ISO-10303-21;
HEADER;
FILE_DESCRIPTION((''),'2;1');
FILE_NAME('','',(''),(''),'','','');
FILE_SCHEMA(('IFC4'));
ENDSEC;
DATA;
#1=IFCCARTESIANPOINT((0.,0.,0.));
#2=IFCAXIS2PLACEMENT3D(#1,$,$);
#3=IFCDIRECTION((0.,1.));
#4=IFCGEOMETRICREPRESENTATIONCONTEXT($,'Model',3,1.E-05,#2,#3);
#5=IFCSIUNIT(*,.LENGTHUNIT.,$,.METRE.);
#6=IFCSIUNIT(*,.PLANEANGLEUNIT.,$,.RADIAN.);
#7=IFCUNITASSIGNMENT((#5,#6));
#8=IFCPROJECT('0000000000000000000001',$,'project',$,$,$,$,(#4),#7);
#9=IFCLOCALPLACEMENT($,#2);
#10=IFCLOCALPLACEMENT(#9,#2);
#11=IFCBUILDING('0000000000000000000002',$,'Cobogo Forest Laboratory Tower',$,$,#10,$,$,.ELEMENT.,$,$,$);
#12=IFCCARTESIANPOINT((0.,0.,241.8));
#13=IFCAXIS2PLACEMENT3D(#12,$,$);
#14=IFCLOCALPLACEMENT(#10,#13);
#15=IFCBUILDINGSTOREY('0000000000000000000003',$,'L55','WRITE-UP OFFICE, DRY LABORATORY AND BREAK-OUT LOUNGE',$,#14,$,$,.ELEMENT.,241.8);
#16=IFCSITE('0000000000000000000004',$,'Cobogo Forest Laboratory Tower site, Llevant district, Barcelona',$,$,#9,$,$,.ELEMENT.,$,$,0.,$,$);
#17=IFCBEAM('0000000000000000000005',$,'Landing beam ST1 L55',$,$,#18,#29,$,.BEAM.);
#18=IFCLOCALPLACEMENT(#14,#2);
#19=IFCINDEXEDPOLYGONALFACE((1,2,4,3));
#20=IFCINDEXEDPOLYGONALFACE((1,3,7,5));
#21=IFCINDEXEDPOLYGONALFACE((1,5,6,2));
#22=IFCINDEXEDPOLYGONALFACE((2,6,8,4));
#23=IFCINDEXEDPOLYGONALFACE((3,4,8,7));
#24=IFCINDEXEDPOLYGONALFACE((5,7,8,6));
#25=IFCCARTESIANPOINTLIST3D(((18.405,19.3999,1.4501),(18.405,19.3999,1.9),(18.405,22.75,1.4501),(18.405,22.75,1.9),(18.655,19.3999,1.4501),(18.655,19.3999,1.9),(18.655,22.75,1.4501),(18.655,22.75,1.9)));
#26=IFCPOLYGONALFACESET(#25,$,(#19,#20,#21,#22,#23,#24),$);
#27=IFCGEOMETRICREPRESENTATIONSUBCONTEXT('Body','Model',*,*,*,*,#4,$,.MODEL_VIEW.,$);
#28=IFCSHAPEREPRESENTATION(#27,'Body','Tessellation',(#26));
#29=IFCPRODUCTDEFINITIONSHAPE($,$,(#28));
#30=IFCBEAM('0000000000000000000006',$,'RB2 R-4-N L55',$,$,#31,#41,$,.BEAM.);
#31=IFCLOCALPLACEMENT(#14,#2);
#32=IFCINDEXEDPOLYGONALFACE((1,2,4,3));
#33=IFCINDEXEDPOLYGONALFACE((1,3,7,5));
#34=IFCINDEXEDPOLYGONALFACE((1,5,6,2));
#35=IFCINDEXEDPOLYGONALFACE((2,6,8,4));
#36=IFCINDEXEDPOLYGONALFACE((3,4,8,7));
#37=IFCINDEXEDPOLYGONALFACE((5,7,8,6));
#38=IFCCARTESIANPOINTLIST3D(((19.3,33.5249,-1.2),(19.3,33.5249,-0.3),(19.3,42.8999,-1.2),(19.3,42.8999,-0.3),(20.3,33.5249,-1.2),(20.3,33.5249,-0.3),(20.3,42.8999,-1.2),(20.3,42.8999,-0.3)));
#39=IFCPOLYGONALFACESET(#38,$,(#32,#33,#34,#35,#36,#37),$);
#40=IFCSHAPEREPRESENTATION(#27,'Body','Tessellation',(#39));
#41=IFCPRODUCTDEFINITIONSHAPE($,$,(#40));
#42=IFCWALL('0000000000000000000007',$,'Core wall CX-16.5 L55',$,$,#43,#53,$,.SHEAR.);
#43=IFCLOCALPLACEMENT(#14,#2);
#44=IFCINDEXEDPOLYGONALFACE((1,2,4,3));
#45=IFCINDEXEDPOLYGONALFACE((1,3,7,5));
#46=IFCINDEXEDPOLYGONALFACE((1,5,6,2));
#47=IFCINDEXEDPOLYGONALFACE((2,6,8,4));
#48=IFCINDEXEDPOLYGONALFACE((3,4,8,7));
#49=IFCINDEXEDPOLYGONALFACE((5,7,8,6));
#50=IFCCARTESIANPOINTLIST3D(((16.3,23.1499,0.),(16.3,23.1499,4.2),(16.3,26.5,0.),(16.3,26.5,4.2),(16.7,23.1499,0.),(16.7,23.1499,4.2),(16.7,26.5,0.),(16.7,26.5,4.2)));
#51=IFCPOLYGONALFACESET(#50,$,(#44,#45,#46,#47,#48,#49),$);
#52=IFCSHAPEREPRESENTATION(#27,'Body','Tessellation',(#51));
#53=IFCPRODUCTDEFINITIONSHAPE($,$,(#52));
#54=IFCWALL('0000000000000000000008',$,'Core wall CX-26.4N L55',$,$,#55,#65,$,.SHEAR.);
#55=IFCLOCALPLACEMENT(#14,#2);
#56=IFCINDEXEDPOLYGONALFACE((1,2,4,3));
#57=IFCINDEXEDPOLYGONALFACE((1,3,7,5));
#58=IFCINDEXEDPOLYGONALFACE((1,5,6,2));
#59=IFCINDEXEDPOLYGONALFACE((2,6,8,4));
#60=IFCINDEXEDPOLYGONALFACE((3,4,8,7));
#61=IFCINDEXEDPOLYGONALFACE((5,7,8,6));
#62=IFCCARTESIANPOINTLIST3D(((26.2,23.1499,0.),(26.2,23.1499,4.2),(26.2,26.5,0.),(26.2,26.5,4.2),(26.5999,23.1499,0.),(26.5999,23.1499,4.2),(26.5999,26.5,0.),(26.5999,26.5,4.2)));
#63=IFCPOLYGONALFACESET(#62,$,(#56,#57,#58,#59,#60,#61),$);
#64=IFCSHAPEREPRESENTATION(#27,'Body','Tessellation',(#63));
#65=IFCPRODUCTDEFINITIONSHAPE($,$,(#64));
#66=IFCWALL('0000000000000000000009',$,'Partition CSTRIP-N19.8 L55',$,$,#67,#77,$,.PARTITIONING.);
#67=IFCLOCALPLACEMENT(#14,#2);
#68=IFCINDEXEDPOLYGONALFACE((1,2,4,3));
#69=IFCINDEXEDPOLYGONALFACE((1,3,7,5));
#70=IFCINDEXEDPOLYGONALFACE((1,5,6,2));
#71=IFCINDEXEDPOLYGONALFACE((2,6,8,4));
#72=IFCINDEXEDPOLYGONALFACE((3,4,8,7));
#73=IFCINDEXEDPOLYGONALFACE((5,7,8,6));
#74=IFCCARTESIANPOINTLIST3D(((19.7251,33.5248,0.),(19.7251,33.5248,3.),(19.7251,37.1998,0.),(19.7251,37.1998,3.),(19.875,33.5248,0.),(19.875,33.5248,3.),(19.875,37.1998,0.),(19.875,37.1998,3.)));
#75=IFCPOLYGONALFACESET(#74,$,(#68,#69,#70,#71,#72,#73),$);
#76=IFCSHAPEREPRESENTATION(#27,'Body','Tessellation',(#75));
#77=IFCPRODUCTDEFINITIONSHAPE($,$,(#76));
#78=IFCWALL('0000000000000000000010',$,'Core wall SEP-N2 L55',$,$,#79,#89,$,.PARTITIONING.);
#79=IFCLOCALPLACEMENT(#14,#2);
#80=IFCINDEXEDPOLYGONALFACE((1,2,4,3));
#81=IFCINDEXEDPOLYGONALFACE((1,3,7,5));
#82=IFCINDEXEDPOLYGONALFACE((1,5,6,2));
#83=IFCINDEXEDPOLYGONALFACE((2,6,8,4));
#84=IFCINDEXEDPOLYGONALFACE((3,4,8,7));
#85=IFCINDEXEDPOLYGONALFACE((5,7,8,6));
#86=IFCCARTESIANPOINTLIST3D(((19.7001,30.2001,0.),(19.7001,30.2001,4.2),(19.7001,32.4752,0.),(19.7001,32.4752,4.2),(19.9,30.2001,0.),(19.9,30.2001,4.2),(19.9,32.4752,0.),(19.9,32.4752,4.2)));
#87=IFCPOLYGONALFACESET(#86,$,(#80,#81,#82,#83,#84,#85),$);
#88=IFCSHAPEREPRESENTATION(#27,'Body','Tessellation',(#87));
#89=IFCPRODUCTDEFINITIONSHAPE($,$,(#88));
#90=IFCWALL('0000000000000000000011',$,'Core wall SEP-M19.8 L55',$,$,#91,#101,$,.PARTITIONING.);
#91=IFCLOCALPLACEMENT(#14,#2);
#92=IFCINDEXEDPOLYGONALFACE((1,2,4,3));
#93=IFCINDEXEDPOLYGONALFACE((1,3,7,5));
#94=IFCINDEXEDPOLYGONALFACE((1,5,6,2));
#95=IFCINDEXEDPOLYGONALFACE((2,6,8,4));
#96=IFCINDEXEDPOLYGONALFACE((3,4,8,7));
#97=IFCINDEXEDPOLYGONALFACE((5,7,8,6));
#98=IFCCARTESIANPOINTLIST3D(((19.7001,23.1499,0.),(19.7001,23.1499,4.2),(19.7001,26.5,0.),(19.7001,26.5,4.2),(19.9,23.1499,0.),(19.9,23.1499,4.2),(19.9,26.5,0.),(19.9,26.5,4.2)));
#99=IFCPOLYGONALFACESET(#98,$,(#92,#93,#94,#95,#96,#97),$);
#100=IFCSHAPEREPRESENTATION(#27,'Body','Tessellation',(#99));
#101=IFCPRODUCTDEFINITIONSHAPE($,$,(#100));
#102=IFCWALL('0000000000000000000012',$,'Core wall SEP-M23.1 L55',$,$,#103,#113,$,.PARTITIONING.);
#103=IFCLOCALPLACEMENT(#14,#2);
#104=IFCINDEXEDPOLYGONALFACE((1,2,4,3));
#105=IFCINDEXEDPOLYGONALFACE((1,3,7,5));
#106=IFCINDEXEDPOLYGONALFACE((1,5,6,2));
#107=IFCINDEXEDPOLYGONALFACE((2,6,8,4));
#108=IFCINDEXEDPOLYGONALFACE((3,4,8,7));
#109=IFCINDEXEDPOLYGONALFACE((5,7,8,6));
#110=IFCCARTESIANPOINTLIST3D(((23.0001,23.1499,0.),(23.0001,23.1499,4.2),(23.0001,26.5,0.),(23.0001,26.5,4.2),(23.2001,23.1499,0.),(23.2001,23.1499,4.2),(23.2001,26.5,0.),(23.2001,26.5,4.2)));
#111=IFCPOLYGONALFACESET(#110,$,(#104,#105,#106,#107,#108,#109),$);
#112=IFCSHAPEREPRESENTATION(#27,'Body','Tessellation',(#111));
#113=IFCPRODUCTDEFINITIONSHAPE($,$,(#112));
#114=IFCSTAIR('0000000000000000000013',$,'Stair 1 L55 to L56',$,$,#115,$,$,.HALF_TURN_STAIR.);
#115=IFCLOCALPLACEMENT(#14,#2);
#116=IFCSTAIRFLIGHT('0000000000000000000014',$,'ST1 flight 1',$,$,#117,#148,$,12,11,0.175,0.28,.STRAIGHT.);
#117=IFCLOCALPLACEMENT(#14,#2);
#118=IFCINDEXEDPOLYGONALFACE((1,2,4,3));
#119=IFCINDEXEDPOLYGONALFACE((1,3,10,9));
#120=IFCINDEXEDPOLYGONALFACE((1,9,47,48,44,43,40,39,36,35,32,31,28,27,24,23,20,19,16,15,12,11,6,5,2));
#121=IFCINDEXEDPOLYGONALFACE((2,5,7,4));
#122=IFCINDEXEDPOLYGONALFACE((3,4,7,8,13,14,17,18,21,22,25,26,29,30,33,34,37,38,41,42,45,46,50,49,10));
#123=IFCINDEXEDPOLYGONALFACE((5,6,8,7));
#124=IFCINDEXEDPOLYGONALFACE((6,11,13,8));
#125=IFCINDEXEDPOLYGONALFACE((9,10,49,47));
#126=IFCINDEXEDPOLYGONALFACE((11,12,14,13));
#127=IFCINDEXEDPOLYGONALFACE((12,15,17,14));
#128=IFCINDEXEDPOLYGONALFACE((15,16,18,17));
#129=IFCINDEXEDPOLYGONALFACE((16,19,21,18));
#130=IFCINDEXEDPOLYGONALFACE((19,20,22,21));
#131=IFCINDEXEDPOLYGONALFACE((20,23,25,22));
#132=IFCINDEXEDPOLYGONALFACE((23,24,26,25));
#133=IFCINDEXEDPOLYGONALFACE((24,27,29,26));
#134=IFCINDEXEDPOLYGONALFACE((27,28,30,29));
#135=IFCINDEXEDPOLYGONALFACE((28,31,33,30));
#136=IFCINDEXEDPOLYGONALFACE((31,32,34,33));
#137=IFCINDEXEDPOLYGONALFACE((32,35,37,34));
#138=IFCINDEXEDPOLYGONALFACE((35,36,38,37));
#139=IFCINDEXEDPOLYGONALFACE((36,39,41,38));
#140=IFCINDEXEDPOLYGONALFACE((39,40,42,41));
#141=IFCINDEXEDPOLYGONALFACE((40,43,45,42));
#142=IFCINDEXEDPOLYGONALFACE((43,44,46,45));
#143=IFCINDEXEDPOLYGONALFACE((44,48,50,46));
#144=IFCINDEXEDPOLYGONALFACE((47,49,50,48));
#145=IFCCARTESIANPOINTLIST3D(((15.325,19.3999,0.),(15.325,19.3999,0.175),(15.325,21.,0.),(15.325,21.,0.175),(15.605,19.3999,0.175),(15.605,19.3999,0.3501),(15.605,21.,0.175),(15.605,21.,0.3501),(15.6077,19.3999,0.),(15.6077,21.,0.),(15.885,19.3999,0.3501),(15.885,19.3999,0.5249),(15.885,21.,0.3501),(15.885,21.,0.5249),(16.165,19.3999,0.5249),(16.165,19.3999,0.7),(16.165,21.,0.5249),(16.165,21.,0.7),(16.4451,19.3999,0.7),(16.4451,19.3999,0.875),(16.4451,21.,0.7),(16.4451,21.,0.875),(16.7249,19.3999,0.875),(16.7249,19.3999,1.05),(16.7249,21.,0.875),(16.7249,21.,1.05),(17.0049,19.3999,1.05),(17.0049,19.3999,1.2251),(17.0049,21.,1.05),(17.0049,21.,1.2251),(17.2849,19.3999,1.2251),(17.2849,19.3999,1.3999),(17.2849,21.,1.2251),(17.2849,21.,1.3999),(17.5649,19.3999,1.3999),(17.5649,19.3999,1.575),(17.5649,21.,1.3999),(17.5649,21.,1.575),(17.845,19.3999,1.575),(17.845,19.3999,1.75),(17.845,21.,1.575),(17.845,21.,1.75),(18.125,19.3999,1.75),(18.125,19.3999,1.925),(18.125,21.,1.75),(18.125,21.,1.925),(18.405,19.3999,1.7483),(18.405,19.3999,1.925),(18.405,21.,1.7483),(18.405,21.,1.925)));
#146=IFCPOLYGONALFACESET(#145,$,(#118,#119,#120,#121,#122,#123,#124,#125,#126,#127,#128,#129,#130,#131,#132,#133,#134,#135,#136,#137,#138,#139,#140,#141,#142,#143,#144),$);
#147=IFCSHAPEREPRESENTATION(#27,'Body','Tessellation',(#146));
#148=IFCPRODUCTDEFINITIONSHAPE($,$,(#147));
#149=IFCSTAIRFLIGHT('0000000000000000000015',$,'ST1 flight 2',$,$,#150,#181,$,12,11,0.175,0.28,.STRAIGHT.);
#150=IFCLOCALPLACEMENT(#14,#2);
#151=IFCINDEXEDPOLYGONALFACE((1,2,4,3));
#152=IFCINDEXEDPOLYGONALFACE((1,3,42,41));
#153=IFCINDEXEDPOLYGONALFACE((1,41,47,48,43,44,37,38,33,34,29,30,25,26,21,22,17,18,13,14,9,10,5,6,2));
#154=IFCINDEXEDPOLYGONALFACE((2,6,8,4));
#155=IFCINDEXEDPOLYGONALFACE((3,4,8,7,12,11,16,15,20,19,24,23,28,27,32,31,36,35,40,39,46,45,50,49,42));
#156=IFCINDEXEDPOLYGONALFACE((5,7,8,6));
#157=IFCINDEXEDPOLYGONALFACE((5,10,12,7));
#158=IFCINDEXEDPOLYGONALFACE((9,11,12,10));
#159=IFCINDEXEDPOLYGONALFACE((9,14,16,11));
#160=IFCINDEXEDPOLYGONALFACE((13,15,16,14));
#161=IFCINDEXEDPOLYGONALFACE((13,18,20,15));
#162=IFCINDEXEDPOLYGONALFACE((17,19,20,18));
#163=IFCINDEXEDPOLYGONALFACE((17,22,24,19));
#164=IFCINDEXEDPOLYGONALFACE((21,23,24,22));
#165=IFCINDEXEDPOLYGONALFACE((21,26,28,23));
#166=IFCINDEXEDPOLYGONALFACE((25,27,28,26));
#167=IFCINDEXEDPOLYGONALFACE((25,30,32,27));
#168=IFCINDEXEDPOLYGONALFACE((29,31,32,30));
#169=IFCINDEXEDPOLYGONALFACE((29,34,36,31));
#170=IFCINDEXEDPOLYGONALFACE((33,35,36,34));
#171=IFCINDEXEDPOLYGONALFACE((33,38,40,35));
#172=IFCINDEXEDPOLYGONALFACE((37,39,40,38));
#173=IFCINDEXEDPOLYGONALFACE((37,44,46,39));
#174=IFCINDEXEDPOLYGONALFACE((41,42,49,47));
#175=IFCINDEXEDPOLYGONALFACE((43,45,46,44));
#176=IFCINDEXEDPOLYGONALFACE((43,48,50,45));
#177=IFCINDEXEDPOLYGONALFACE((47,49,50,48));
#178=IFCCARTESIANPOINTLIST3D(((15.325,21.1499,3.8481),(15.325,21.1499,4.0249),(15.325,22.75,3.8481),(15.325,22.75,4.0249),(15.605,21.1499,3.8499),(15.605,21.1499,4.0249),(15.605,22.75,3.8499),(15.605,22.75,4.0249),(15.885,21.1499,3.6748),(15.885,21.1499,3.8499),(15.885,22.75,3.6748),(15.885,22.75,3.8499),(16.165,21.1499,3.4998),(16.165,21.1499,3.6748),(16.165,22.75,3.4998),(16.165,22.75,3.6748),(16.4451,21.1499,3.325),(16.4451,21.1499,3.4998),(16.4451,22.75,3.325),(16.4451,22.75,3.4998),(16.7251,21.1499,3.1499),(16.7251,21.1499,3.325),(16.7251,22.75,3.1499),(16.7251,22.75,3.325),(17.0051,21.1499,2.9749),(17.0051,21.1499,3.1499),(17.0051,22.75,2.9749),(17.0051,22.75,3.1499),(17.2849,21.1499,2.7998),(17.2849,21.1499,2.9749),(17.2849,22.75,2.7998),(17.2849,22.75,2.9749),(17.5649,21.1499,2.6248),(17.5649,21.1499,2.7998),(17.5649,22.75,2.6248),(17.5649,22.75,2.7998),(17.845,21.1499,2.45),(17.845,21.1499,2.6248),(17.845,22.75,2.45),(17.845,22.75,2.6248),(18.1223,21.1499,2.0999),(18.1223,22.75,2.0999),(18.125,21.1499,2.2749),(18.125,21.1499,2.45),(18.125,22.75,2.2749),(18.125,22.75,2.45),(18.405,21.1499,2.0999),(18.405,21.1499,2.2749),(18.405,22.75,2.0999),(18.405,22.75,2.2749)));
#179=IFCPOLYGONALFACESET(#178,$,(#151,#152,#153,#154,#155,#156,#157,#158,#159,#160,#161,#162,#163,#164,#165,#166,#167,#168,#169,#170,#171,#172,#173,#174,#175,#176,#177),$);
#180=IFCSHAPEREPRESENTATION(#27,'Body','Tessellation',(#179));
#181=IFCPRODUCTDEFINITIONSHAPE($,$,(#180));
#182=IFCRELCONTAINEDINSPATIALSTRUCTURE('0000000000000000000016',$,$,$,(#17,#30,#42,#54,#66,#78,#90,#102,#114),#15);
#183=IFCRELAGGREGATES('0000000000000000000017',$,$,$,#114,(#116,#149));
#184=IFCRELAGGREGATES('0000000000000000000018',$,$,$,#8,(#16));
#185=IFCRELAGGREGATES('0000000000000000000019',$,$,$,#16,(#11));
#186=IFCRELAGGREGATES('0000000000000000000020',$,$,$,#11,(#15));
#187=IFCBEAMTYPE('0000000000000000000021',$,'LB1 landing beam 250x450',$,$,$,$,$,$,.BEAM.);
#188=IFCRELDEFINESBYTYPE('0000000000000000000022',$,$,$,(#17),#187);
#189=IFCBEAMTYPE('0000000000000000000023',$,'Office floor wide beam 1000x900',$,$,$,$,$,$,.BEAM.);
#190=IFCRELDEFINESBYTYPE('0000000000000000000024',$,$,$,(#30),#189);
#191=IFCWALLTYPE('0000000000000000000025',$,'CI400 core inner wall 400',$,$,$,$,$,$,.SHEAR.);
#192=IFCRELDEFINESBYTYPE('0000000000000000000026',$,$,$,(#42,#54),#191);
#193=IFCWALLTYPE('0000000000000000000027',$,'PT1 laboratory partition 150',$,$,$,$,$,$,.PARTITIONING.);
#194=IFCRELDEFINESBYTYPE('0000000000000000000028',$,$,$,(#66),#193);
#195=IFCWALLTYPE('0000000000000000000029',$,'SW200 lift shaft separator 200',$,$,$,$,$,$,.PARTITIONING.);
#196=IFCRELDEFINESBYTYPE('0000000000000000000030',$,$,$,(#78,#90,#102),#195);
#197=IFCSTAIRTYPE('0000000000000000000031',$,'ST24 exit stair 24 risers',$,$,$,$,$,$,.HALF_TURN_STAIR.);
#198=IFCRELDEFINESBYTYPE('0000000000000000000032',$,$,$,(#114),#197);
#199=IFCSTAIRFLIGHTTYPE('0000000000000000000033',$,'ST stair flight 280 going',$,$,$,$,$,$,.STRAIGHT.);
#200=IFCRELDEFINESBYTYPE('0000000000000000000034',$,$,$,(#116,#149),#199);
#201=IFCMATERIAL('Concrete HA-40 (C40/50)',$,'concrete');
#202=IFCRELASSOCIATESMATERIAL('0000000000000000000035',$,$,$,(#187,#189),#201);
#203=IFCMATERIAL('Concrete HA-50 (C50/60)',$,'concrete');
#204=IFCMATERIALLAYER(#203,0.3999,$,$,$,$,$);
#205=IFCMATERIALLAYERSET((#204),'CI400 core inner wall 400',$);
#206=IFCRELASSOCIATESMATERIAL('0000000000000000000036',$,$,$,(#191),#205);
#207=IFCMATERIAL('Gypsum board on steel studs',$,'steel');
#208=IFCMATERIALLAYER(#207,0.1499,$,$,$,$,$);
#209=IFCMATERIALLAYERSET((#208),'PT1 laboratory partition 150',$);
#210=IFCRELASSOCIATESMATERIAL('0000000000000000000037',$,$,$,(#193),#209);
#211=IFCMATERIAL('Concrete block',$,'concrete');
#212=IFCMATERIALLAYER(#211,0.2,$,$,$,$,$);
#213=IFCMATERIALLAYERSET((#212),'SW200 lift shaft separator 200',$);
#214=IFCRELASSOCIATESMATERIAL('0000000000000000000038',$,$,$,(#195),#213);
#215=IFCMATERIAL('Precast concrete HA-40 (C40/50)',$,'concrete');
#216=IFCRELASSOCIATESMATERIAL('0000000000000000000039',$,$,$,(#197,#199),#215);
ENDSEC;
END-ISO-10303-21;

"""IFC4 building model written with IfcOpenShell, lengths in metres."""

from ifc_helpers import new_model, si_unit, direction, frame, frame_2d, origin, origin_2d, place, context, subcontext, project, spatial, polyline, rectangle, outline, extrude, material, layer, layer_set, material_profile, profile_set, type_object, element, aggregate, save


model = new_model("IFC4")

# Units and contexts
model_context = context("Model", 3, precision=1e-05, world=origin(), true_north=direction((0.0, 1.0)))
body_context = subcontext(model_context, "Body", "Model", "MODEL_VIEW")
ifc_project = project(units=[si_unit("LENGTHUNIT", "METRE"), si_unit("PLANEANGLEUNIT", "RADIAN")], contexts=[model_context])

# Site, building, storey
site_placement = place(None, origin())
site = spatial("IfcSite", under=ifc_project, at=site_placement, Name="Cobogo Forest Laboratory Tower site, Llevant district, Barcelona", CompositionType="ELEMENT", RefElevation=0.0)
building_placement = place(site_placement, origin())
building = spatial("IfcBuilding", under=site, at=building_placement, Name="Cobogo Forest Laboratory Tower", CompositionType="ELEMENT")
storey_placement = place(building_placement, frame((0.0, 0.0, 241.8)))
storey = spatial("IfcBuildingStorey", under=building, at=storey_placement, Name="L55", Description="WRITE-UP OFFICE, DRY LABORATORY AND BREAK-OUT LOUNGE", CompositionType="ELEMENT", Elevation=241.8)

# Beams
ifc_material_1 = material(Name="Concrete HA-40 (C40/50)", Category="concrete")
ifc_material_profile_1 = material_profile(ifc_material_1, rectangle(XDim=0.25, YDim=0.45, at=origin_2d()), Name="RC 250x450")
ifc_profile_set_1 = profile_set([ifc_material_profile_1], Name="Concrete HA-40 (C40/50)")
beam_type_1 = type_object("IfcBeamType", Name="LB1 landing beam 250x450", PredefinedType="BEAM", material=ifc_profile_set_1)
beam_1_placement = place(storey_placement, frame((18.53, 19.3999, 1.675), z_axis=(0.0, 1.0, 0.0), x_axis=(-1.0, 0.0, 0.0)))
element("IfcBeam", 1, at=beam_1_placement, inside=storey, type_object=beam_type_1, Name="Landing beam ST1 L55", PredefinedType="BEAM", context=body_context, shape_type="SweptSolid", body=[
    extrude(rectangle(XDim=0.25, YDim=0.45, at=origin_2d()), origin(), (0.0, 0.0, 1.0), 3.3501),
])
ifc_material_profile_2 = material_profile(ifc_material_1, rectangle(XDim=1.0, YDim=0.8999, at=origin_2d()), Name="RC 1000x900")
ifc_profile_set_2 = profile_set([ifc_material_profile_2], Name="Concrete HA-40 (C40/50)")
beam_type_2 = type_object("IfcBeamType", Name="Office floor wide beam 1000x900", PredefinedType="BEAM", material=ifc_profile_set_2)
beam_2_placement = place(storey_placement, frame((19.8, 33.5249, -0.75), z_axis=(0.0, 1.0, 0.0), x_axis=(-1.0, 0.0, 0.0)))
element("IfcBeam", 2, at=beam_2_placement, inside=storey, type_object=beam_type_2, Name="RB2 R-4-N L55", PredefinedType="BEAM", context=body_context, shape_type="SweptSolid", body=[
    extrude(rectangle(XDim=1.0, YDim=0.8999, at=origin_2d()), origin(), (0.0, 0.0, 1.0), 9.375),
])

# Walls
ifc_material_2 = material(Name="Concrete HA-50 (C50/60)", Category="concrete")
ifc_layer_1 = layer(ifc_material_2, 0.3999)
ifc_layer_set_1 = layer_set([ifc_layer_1], Name="CI400 core inner wall 400")
wall_type_1 = type_object("IfcWallType", Name="CI400 core inner wall 400", PredefinedType="SHEAR", material=ifc_layer_set_1)
for number, where, z_axis, x_axis, name in (
    (3, (16.5, 23.1499, 0.0), (0.0, 0.0, 1.0), (0.0, 1.0, 0.0), "Core wall CX-16.5 L55"),
    (4, (26.3999, 23.1499, 0.0), (0.0, 0.0, 1.0), (0.0, 1.0, 0.0), "Core wall CX-26.4N L55"),
):
    element("IfcWall", number, at=place(storey_placement, frame(where, z_axis=z_axis, x_axis=x_axis)), inside=storey, type_object=wall_type_1, Name=name, PredefinedType="SHEAR", context=body_context, shape_type="SweptSolid", body=[
        extrude(rectangle(XDim=3.3501, YDim=0.3999, at=frame_2d((1.675, 0.0))), origin(), (0.0, 0.0, 1.0), 4.2),
    ])
ifc_material_3 = material(Name="Gypsum board on steel studs", Category="steel")
ifc_layer_2 = layer(ifc_material_3, 0.1499)
ifc_layer_set_2 = layer_set([ifc_layer_2], Name="PT1 laboratory partition 150")
wall_type_2 = type_object("IfcWallType", Name="PT1 laboratory partition 150", PredefinedType="PARTITIONING", material=ifc_layer_set_2)
wall_1_placement = place(storey_placement, frame((19.8, 33.5249, 0.0), z_axis=(0.0, 0.0, 1.0), x_axis=(0.0, 1.0, 0.0)))
element("IfcWall", 5, at=wall_1_placement, inside=storey, type_object=wall_type_2, Name="Partition CSTRIP-N19.8 L55", PredefinedType="PARTITIONING", context=body_context, shape_type="SweptSolid", body=[
    extrude(rectangle(XDim=3.675, YDim=0.1499, at=frame_2d((1.8374, 0.0))), origin(), (0.0, 0.0, 1.0), 3.0),
])
ifc_material_4 = material(Name="Concrete block", Category="concrete")
ifc_layer_3 = layer(ifc_material_4, 0.2)
ifc_layer_set_3 = layer_set([ifc_layer_3], Name="SW200 lift shaft separator 200")
wall_type_3 = type_object("IfcWallType", Name="SW200 lift shaft separator 200", PredefinedType="PARTITIONING", material=ifc_layer_set_3)
wall_2_placement = place(storey_placement, frame((19.8, 30.2, 0.0), z_axis=(0.0, 0.0, 1.0), x_axis=(0.0, 1.0, 0.0)))
element("IfcWall", 6, at=wall_2_placement, inside=storey, type_object=wall_type_3, Name="Core wall SEP-N2 L55", PredefinedType="PARTITIONING", context=body_context, shape_type="SweptSolid", body=[
    extrude(rectangle(XDim=2.2751, YDim=0.2, at=frame_2d((1.1377, 0.0))), origin(), (0.0, 0.0, 1.0), 4.2),
])
for number, where, z_axis, x_axis, name in (
    (7, (19.8, 23.1499, 0.0), (0.0, 0.0, 1.0), (0.0, 1.0, 0.0), "Core wall SEP-M19.8 L55"),
    (8, (23.1001, 23.1499, 0.0), (0.0, 0.0, 1.0), (0.0, 1.0, 0.0), "Core wall SEP-M23.1 L55"),
):
    element("IfcWall", number, at=place(storey_placement, frame(where, z_axis=z_axis, x_axis=x_axis)), inside=storey, type_object=wall_type_3, Name=name, PredefinedType="PARTITIONING", context=body_context, shape_type="SweptSolid", body=[
        extrude(rectangle(XDim=3.3501, YDim=0.2, at=frame_2d((1.675, 0.0))), origin(), (0.0, 0.0, 1.0), 4.2),
    ])

# Stair, stair flights
ifc_material_5 = material(Name="Precast concrete HA-40 (C40/50)", Category="concrete")
stair_type = type_object("IfcStairType", Name="ST24 exit stair 24 risers", PredefinedType="HALF_TURN_STAIR", material=ifc_material_5)
stair_placement = place(storey_placement, origin())
stair = element("IfcStair", 9, at=stair_placement, inside=storey, type_object=stair_type, Name="Stair 1 L55 to L56", PredefinedType="HALF_TURN_STAIR")
stair_flight_type = type_object("IfcStairFlightType", Name="ST stair flight 280 going", PredefinedType="STRAIGHT", material=ifc_material_5)
stair_flight_1_placement = place(storey_placement, frame((15.325, 20.2, 0.0), z_axis=(0.0, 0.0, 1.0), x_axis=(1.0, 0.0, 0.0)))
stair_flight_1 = element("IfcStairFlight", 10, at=stair_flight_1_placement, type_object=stair_flight_type, Name="ST1 flight 1", NumberOfRisers=12, NumberOfTreads=11, PredefinedType="STRAIGHT", RiserHeight=0.175, TreadLength=0.28, context=body_context, shape_type="SweptSolid", body=[
    extrude(outline(polyline([(0.0, 0.0), (0.0, 0.175), (0.28, 0.175), (0.28, 0.3501), (0.5601, 0.3501), (0.5601, 0.5249), (0.8401, 0.5249), (0.8401, 0.7), (1.1201, 0.7), (1.1201, 0.875), (1.3999, 0.875), (1.3999, 1.05), (1.6799, 1.05), (1.6799, 1.2251), (1.96, 1.2251), (1.96, 1.3999), (2.24, 1.3999), (2.24, 1.575), (2.52, 1.575), (2.52, 1.75), (2.8, 1.75), (2.8, 1.925), (3.0801, 1.925), (3.0801, 2.1001), (3.0801, 1.7483), (0.2827, 0.0), (0.0, 0.0)])), frame((0.0, 0.8, 0.0), z_axis=(0.0, -1.0, 0.0), x_axis=(1.0, 0.0, 0.0)), (0.0, 0.0, 1.0), 1.6001),
])
stair_flight_2_placement = place(storey_placement, frame((18.405, 21.95, 2.0999), z_axis=(0.0, 0.0, 1.0), x_axis=(-1.0, 0.0, 0.0)))
stair_flight_2 = element("IfcStairFlight", 11, at=stair_flight_2_placement, type_object=stair_flight_type, Name="ST1 flight 2", NumberOfRisers=12, NumberOfTreads=11, PredefinedType="STRAIGHT", RiserHeight=0.175, TreadLength=0.28, context=body_context, shape_type="SweptSolid", body=[
    extrude(outline(polyline([(0.0, 0.0), (0.0, 0.175), (0.28, 0.175), (0.28, 0.3501), (0.5601, 0.3501), (0.5601, 0.5249), (0.8401, 0.5249), (0.8401, 0.7), (1.1201, 0.7), (1.1201, 0.875), (1.3999, 0.875), (1.3999, 1.05), (1.6799, 1.05), (1.6799, 1.2251), (1.96, 1.2251), (1.96, 1.3999), (2.24, 1.3999), (2.24, 1.575), (2.52, 1.575), (2.52, 1.75), (2.8, 1.75), (2.8, 1.925), (3.0801, 1.925), (3.0801, 2.1001), (3.0801, 1.7483), (0.2827, 0.0), (0.0, 0.0)])), frame((0.0, 0.8, 0.0), z_axis=(0.0, -1.0, 0.0), x_axis=(1.0, 0.0, 0.0)), (0.0, 0.0, 1.0), 1.6001),
])
aggregate(stair, [stair_flight_1, stair_flight_2])

save(model, "model.ifc")
